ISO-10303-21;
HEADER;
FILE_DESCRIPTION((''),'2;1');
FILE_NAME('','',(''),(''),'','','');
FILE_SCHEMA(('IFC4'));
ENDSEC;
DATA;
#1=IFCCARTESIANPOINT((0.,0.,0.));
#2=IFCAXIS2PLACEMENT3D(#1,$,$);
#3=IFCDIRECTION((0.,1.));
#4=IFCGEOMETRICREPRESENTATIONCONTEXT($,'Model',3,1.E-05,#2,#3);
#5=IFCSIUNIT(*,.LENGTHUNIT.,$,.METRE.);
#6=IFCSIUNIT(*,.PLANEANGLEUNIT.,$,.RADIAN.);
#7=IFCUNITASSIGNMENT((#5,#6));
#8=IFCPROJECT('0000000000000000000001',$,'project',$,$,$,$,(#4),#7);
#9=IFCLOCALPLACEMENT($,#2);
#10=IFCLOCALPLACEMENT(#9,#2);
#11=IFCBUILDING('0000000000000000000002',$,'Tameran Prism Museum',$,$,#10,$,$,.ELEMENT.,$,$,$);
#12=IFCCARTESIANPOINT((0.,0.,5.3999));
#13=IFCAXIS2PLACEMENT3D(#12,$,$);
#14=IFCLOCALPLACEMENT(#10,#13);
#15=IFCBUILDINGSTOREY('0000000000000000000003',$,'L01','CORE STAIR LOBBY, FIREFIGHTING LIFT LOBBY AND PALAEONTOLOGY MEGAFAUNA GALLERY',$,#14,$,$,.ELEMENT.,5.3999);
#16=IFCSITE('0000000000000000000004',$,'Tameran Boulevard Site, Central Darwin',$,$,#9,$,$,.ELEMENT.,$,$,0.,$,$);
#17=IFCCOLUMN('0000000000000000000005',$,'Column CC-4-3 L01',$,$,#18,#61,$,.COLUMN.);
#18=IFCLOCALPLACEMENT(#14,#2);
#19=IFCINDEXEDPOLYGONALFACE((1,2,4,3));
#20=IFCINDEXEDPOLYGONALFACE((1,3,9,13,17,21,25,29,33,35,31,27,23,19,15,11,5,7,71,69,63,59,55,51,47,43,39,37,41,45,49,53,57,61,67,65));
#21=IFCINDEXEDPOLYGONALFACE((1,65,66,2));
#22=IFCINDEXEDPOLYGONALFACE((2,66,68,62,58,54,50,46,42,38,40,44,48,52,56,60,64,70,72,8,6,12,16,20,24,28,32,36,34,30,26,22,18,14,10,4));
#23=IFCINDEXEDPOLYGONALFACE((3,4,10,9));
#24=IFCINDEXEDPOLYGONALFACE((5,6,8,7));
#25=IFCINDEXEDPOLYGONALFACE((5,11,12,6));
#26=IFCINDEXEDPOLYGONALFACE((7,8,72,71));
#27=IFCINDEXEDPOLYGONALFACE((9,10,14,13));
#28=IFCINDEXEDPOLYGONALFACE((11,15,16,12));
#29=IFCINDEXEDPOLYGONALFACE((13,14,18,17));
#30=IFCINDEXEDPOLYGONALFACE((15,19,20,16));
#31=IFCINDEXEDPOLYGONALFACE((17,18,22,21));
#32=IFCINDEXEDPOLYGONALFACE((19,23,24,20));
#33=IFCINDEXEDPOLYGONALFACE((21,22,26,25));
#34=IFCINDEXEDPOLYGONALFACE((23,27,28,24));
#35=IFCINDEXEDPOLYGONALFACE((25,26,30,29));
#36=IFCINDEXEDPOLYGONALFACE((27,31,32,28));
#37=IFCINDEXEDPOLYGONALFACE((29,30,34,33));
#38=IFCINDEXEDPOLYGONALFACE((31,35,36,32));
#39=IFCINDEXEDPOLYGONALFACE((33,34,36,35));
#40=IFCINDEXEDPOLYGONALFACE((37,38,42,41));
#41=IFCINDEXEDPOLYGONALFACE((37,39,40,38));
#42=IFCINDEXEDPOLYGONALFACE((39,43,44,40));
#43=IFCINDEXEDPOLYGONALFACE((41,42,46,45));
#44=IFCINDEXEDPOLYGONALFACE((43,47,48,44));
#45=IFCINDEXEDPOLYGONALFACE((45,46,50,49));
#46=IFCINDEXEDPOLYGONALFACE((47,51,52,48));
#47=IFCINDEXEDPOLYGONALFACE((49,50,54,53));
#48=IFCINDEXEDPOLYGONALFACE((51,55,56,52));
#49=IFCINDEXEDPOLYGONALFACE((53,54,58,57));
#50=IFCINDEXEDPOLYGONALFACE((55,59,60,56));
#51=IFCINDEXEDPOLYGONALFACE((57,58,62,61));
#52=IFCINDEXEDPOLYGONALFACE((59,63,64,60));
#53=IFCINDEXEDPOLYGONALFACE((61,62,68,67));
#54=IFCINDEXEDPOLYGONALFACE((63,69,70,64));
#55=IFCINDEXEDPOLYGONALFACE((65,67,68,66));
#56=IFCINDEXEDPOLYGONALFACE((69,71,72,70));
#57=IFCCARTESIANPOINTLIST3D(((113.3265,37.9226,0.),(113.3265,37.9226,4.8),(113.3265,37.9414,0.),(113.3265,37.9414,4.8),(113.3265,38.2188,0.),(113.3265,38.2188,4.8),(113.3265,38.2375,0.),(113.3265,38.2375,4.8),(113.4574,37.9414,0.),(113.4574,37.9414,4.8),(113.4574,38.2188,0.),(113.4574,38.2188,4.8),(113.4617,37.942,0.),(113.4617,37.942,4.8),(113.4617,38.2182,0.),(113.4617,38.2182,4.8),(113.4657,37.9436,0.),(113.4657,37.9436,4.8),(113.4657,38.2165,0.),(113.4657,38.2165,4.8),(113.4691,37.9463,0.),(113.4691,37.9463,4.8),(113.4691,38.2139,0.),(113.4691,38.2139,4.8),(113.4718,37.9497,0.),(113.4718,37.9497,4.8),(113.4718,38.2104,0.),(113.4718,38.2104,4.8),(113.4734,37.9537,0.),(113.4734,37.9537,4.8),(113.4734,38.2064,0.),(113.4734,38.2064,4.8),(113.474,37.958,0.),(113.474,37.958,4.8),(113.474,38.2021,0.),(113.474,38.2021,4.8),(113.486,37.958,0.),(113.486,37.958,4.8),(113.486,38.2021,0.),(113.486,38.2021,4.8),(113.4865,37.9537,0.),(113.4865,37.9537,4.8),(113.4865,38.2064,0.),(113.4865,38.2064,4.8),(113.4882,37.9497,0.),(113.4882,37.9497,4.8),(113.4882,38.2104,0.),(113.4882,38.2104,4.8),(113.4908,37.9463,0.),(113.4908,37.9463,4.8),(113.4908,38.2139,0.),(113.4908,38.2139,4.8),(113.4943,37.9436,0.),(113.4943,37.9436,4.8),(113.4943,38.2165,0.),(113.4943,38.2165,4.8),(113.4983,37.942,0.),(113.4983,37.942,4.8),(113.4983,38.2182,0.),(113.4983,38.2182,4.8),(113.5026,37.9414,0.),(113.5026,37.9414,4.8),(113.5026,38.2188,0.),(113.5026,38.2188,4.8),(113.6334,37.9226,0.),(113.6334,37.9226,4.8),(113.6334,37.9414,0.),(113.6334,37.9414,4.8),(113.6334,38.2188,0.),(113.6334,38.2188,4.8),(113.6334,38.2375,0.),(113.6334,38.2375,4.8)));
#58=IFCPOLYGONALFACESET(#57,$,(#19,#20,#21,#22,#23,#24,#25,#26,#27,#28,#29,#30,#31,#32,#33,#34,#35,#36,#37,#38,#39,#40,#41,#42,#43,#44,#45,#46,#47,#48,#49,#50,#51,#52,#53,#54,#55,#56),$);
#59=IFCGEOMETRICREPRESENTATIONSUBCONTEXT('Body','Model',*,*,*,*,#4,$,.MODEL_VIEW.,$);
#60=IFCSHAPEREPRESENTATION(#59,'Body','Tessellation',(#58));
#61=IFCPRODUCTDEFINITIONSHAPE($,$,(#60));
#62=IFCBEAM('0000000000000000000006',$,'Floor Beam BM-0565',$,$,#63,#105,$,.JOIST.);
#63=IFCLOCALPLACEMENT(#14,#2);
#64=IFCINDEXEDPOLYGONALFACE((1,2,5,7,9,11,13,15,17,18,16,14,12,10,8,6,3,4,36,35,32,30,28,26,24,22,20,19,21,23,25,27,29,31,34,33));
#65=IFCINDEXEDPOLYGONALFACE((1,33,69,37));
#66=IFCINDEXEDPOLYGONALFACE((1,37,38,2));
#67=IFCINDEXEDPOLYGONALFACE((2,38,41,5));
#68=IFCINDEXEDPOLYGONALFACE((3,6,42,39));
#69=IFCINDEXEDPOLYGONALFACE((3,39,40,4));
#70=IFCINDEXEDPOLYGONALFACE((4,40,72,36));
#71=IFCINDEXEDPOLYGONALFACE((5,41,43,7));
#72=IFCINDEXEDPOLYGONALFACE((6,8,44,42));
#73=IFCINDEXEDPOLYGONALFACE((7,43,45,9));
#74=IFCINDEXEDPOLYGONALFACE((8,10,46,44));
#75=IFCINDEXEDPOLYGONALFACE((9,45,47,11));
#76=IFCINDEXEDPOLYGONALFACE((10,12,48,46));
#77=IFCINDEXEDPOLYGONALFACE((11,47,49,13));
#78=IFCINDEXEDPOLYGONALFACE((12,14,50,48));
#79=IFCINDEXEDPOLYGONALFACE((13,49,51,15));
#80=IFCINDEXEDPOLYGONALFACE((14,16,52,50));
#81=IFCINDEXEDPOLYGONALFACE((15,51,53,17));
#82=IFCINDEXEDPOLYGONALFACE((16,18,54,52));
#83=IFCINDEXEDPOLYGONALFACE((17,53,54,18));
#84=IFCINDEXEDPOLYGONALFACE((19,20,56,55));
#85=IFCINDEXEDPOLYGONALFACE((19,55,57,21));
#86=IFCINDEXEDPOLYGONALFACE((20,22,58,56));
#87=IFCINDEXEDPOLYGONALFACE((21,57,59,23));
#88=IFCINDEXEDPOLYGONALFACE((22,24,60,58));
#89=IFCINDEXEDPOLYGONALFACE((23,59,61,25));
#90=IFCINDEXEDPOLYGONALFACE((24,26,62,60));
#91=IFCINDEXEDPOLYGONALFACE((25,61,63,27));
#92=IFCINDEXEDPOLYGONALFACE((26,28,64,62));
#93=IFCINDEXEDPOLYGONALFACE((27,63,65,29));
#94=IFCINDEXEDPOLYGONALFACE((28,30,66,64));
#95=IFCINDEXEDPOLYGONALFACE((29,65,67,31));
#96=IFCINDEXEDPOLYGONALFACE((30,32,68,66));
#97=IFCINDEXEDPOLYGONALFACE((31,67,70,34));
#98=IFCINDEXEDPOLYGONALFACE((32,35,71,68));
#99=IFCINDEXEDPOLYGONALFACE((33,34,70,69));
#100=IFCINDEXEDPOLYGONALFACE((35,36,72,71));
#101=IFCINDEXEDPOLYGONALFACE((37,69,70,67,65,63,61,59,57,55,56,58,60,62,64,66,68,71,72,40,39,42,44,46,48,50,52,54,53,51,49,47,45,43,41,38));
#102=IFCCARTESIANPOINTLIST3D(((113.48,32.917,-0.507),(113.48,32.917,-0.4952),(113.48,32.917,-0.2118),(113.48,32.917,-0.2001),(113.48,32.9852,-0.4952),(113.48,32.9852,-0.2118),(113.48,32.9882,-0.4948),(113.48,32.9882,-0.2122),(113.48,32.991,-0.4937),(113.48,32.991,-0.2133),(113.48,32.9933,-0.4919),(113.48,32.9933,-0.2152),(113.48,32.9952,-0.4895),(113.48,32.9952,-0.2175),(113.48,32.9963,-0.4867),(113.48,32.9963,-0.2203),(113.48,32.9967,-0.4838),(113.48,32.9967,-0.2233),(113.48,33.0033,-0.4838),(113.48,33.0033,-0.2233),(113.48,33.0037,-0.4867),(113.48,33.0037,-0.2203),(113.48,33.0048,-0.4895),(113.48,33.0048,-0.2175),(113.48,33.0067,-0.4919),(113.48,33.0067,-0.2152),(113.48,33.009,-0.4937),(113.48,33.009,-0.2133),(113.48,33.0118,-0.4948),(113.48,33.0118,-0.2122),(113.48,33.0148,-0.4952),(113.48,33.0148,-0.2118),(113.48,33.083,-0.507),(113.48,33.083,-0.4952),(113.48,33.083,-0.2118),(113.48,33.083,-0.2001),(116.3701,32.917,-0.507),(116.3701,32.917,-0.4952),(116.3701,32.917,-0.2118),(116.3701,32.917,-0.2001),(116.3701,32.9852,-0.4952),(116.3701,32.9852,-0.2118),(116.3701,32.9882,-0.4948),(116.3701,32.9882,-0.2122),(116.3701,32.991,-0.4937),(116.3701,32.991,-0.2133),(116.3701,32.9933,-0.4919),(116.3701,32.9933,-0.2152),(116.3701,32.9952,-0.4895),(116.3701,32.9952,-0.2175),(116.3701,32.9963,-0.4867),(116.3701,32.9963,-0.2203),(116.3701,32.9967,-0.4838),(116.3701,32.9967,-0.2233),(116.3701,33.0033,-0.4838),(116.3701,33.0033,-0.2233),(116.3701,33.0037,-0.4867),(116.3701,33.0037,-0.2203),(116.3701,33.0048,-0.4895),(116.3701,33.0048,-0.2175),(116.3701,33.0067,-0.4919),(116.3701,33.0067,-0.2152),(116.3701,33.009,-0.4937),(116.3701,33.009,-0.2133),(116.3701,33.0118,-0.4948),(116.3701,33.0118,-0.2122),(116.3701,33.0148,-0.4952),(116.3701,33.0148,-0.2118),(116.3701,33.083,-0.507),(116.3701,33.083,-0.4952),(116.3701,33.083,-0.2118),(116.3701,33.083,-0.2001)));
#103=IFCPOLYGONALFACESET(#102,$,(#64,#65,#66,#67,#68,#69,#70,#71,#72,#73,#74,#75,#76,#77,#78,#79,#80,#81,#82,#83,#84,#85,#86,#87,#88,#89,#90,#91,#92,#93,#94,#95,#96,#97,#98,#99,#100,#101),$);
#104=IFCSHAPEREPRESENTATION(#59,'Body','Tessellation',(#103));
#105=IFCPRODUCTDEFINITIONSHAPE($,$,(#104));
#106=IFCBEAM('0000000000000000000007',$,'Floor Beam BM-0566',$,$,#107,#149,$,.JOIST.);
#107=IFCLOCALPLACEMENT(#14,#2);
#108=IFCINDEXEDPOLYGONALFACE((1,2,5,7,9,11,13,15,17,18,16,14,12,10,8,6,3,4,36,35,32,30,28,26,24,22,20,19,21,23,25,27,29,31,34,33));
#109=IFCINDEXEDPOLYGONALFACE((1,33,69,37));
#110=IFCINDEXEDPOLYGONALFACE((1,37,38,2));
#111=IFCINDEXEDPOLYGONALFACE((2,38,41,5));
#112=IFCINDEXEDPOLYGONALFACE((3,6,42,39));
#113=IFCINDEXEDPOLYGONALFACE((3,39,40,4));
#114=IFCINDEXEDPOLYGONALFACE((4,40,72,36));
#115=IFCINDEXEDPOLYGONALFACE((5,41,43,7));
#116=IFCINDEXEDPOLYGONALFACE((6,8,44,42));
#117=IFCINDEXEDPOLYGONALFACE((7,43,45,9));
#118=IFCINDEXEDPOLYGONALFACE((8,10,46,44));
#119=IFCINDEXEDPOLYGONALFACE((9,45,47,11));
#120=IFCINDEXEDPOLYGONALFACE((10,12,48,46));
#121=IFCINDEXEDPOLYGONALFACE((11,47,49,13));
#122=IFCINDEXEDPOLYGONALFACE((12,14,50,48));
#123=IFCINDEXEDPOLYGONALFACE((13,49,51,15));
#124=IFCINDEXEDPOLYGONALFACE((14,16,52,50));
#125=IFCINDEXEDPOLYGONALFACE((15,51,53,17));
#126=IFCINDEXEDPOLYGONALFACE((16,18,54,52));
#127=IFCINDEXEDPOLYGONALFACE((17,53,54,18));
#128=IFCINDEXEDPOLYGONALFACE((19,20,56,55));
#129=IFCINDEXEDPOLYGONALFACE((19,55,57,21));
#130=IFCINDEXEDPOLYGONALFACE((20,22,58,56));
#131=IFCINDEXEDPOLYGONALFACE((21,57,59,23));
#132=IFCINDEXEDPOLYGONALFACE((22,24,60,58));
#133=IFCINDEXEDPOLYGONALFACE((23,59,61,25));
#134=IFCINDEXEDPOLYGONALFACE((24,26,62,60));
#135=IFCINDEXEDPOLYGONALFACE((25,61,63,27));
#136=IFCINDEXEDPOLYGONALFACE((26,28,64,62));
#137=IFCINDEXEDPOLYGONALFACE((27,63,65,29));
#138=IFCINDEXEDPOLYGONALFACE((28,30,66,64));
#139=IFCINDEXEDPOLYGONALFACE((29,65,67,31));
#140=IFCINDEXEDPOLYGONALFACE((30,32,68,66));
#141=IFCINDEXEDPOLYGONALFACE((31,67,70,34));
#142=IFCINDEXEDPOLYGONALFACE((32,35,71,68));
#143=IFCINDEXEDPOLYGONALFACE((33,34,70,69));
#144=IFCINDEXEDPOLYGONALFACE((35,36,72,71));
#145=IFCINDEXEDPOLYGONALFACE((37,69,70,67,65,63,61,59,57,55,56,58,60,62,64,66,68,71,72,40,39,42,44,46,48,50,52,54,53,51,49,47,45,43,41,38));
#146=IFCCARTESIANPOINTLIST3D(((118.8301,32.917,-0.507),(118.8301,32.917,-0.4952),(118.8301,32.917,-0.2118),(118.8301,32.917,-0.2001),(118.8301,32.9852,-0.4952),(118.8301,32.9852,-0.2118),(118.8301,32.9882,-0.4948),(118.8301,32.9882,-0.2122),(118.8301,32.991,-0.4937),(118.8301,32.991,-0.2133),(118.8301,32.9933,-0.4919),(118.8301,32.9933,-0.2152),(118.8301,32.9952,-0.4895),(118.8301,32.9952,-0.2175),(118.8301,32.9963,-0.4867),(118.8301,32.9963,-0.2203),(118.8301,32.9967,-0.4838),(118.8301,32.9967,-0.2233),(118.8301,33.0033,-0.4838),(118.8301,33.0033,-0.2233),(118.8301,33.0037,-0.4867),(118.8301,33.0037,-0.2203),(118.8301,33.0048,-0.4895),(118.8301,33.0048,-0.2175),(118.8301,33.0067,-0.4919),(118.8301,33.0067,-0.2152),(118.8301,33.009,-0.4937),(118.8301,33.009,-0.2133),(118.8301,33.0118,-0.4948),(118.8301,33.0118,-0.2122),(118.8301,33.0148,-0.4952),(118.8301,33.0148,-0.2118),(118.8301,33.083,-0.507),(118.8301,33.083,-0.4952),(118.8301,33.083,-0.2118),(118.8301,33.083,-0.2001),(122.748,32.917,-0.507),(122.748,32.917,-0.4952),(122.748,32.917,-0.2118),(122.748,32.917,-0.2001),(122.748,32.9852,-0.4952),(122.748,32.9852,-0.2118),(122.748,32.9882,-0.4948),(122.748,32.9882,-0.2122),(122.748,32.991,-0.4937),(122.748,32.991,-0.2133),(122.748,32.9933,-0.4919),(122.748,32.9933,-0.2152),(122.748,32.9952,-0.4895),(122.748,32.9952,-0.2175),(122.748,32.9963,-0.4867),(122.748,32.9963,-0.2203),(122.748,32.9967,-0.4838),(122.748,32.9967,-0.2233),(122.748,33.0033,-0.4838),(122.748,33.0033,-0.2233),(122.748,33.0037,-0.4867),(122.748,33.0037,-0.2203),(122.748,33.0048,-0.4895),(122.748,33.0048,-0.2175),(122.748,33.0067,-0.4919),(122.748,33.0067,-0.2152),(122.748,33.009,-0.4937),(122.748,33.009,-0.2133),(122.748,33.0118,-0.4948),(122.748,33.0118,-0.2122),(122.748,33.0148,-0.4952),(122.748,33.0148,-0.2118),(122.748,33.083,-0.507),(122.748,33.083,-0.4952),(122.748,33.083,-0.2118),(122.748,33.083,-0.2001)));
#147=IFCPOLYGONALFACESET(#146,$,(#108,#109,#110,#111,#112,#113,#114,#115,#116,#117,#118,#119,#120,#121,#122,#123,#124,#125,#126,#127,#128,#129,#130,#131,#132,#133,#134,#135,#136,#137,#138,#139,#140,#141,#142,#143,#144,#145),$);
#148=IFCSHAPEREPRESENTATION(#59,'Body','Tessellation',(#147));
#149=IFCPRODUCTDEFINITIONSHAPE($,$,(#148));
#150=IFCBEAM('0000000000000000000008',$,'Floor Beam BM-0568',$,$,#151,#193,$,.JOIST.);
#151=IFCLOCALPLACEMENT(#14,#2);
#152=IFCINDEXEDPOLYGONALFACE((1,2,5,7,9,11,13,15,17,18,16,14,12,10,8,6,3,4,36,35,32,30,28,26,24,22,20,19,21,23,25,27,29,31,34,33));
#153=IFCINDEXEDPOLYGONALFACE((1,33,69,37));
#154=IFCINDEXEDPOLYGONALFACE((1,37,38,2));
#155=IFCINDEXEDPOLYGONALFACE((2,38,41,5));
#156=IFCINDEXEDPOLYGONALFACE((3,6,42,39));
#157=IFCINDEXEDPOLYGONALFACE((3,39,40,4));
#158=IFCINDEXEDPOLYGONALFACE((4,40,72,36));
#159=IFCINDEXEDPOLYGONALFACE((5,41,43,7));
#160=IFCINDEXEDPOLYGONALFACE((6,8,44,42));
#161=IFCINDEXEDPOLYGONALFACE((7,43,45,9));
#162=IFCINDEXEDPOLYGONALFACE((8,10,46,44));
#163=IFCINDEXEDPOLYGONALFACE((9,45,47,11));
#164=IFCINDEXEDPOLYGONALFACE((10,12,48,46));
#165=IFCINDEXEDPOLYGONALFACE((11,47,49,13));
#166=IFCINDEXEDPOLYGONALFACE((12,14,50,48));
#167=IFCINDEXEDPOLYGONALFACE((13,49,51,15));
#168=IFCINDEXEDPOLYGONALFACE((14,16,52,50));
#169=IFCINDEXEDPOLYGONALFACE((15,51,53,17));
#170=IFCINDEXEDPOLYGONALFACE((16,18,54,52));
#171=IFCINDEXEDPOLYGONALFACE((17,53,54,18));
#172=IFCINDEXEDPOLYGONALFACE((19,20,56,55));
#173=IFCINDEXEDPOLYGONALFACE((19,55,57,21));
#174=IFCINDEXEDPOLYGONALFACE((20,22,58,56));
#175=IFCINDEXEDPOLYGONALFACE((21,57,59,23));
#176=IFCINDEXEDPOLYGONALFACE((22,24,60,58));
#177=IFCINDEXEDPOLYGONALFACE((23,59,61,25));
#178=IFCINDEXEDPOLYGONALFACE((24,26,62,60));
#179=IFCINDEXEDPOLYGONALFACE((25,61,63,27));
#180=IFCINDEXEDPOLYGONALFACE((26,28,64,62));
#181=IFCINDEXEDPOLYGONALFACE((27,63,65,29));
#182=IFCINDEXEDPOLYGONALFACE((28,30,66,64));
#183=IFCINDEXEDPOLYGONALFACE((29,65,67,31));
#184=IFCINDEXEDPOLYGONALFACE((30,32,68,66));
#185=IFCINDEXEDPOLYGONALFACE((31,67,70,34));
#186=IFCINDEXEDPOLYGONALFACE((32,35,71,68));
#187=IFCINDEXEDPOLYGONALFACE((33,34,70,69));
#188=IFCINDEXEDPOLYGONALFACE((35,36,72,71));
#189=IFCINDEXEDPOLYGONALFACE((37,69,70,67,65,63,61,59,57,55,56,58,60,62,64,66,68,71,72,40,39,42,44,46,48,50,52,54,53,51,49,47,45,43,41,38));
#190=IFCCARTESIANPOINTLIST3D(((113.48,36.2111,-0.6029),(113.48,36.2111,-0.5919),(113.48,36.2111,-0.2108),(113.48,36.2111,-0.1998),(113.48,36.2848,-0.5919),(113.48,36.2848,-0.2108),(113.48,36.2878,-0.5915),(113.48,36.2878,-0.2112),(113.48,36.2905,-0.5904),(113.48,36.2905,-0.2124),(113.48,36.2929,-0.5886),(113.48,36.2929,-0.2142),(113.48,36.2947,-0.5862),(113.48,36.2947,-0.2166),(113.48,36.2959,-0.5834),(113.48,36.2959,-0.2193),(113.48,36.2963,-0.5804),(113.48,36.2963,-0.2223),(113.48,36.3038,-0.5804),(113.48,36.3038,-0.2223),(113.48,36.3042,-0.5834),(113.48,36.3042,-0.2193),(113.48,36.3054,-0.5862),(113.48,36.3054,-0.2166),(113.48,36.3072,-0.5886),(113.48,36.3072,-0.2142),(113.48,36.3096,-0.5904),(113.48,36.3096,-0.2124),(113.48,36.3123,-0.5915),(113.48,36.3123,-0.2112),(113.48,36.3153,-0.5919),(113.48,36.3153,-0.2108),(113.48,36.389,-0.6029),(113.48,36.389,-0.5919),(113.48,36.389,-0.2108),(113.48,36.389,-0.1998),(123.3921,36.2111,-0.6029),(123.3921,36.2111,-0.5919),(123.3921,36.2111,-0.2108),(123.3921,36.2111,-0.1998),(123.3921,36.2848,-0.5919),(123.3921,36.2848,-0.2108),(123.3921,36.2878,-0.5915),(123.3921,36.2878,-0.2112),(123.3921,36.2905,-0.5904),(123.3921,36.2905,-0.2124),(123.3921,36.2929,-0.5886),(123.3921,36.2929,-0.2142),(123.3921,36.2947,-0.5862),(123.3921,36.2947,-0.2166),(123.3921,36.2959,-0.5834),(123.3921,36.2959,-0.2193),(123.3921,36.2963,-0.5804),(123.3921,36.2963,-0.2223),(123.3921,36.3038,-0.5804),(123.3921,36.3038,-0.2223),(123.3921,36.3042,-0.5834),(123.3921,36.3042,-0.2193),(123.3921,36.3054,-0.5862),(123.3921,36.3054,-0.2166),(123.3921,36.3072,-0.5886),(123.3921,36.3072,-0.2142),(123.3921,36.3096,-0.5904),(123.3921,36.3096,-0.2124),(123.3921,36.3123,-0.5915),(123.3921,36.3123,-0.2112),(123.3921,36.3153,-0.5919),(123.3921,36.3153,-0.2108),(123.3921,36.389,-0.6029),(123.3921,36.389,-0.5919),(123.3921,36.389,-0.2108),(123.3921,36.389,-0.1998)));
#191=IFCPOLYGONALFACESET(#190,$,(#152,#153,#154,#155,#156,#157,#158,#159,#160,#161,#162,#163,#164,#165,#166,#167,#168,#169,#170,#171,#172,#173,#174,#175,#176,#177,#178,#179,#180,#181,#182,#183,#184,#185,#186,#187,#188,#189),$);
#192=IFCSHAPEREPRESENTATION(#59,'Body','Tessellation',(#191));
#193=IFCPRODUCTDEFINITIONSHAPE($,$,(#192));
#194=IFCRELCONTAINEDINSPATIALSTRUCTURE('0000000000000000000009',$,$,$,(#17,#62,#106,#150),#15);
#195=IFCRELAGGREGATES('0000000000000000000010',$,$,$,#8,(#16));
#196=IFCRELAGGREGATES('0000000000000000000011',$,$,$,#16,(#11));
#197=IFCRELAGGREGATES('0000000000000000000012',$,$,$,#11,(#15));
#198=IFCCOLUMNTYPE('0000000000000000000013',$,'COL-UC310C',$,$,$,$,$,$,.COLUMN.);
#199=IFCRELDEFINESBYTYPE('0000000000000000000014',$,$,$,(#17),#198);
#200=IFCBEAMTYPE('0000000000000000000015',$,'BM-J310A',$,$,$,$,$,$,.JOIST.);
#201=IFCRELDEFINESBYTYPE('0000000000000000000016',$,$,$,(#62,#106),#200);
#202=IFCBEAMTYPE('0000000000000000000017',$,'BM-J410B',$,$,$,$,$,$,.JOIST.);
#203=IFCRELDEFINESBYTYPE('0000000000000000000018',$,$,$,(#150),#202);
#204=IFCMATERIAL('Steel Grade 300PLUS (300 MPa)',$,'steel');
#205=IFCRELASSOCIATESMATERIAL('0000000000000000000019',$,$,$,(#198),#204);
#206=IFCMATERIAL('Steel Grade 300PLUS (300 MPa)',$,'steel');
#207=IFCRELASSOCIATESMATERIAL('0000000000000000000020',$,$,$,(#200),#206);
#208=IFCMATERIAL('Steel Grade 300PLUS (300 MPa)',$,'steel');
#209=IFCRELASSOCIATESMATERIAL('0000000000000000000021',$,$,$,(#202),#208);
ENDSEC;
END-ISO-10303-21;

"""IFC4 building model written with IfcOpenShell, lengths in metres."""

from ifc_helpers import new_model, si_unit, direction, frame, origin, origin_2d, place, context, subcontext, project, spatial, i_section, extrude, material, material_profile, profile_set, type_object, element, save


model = new_model("IFC4")

# Units and contexts
model_context = context("Model", 3, precision=1e-05, world=origin(), true_north=direction((0.0, 1.0)))
body_context = subcontext(model_context, "Body", "Model", "MODEL_VIEW")
ifc_project = project(units=[si_unit("LENGTHUNIT", "METRE"), si_unit("PLANEANGLEUNIT", "RADIAN")], contexts=[model_context])

# Site, building, storey
site_placement = place(None, origin())
site = spatial("IfcSite", under=ifc_project, at=site_placement, Name="Tameran Boulevard Site, Central Darwin", CompositionType="ELEMENT", RefElevation=0.0)
building_placement = place(site_placement, origin())
building = spatial("IfcBuilding", under=site, at=building_placement, Name="Tameran Prism Museum", CompositionType="ELEMENT")
storey_placement = place(building_placement, frame((0.0, 0.0, 5.3999)))
storey = spatial("IfcBuildingStorey", under=building, at=storey_placement, Name="L01", Description="CORE STAIR LOBBY, FIREFIGHTING LIFT LOBBY AND PALAEONTOLOGY MEGAFAUNA GALLERY", CompositionType="ELEMENT", Elevation=5.3999)

# Column
ifc_material_1 = material(Name="Steel Grade 300PLUS (300 MPa)", Category="steel")
ifc_material_profile_1 = material_profile(ifc_material_1, i_section(OverallWidth=0.3069, OverallDepth=0.3149, WebThickness=0.012, FlangeThickness=0.0188, FilletRadius=0.0166, at=origin_2d()))
ifc_profile_set_1 = profile_set([ifc_material_profile_1])
column_type = type_object("IfcColumnType", Name="COL-UC310C", PredefinedType="COLUMN", material=ifc_profile_set_1)
column_placement = place(storey_placement, frame((113.48, 38.0801, 0.0), z_axis=(0.0, 0.0, 1.0), x_axis=(1.0, 0.0, 0.0)))
element("IfcColumn", 1, at=column_placement, inside=storey, type_object=column_type, Name="Column CC-4-3 L01", PredefinedType="COLUMN", context=body_context, shape_type="SweptSolid", body=[
    extrude(i_section(OverallWidth=0.3069, OverallDepth=0.3149, WebThickness=0.012, FlangeThickness=0.0188, FilletRadius=0.0166, at=origin_2d()), origin(), (0.0, 0.0, 1.0), 4.8),
])

# Beams
ifc_material_2 = material(Name="Steel Grade 300PLUS (300 MPa)", Category="steel")
ifc_material_profile_2 = material_profile(ifc_material_2, i_section(OverallWidth=0.166, OverallDepth=0.3069, WebThickness=0.0066, FlangeThickness=0.0117, FilletRadius=0.0115, at=origin_2d()))
ifc_profile_set_2 = profile_set([ifc_material_profile_2])
beam_type_1 = type_object("IfcBeamType", Name="BM-J310A", PredefinedType="JOIST", material=ifc_profile_set_2)
beam_1_placement = place(storey_placement, frame((113.48, 33.0, -0.3535), z_axis=(1.0, 0.0, 0.0), x_axis=(0.0, 1.0, 0.0)))
element("IfcBeam", 2, at=beam_1_placement, inside=storey, type_object=beam_type_1, Name="Floor Beam BM-0565", PredefinedType="JOIST", context=body_context, shape_type="SweptSolid", body=[
    extrude(i_section(OverallWidth=0.166, OverallDepth=0.3069, WebThickness=0.0066, FlangeThickness=0.0117, FilletRadius=0.0115, at=origin_2d()), origin(), (0.0, 0.0, 1.0), 2.8901),
])
beam_2_placement = place(storey_placement, frame((118.8301, 33.0, -0.3535), z_axis=(1.0, 0.0, 0.0), x_axis=(0.0, 1.0, 0.0)))
element("IfcBeam", 3, at=beam_2_placement, inside=storey, type_object=beam_type_1, Name="Floor Beam BM-0566", PredefinedType="JOIST", context=body_context, shape_type="SweptSolid", body=[
    extrude(i_section(OverallWidth=0.166, OverallDepth=0.3069, WebThickness=0.0066, FlangeThickness=0.0117, FilletRadius=0.0115, at=origin_2d()), origin(), (0.0, 0.0, 1.0), 3.918),
])
ifc_material_3 = material(Name="Steel Grade 300PLUS (300 MPa)", Category="steel")
ifc_material_profile_3 = material_profile(ifc_material_3, i_section(OverallWidth=0.178, OverallDepth=0.4031, WebThickness=0.0076, FlangeThickness=0.011, FilletRadius=0.0115, at=origin_2d()))
ifc_profile_set_3 = profile_set([ifc_material_profile_3])
beam_type_2 = type_object("IfcBeamType", Name="BM-J410B", PredefinedType="JOIST", material=ifc_profile_set_3)
beam_3_placement = place(storey_placement, frame((113.48, 36.3, -0.4014), z_axis=(1.0, 0.0, 0.0), x_axis=(0.0, 1.0, 0.0)))
element("IfcBeam", 4, at=beam_3_placement, inside=storey, type_object=beam_type_2, Name="Floor Beam BM-0568", PredefinedType="JOIST", context=body_context, shape_type="SweptSolid", body=[
    extrude(i_section(OverallWidth=0.178, OverallDepth=0.4031, WebThickness=0.0076, FlangeThickness=0.011, FilletRadius=0.0115, at=origin_2d()), origin(), (0.0, 0.0, 1.0), 9.9121),
])

save(model, "model.ifc")
